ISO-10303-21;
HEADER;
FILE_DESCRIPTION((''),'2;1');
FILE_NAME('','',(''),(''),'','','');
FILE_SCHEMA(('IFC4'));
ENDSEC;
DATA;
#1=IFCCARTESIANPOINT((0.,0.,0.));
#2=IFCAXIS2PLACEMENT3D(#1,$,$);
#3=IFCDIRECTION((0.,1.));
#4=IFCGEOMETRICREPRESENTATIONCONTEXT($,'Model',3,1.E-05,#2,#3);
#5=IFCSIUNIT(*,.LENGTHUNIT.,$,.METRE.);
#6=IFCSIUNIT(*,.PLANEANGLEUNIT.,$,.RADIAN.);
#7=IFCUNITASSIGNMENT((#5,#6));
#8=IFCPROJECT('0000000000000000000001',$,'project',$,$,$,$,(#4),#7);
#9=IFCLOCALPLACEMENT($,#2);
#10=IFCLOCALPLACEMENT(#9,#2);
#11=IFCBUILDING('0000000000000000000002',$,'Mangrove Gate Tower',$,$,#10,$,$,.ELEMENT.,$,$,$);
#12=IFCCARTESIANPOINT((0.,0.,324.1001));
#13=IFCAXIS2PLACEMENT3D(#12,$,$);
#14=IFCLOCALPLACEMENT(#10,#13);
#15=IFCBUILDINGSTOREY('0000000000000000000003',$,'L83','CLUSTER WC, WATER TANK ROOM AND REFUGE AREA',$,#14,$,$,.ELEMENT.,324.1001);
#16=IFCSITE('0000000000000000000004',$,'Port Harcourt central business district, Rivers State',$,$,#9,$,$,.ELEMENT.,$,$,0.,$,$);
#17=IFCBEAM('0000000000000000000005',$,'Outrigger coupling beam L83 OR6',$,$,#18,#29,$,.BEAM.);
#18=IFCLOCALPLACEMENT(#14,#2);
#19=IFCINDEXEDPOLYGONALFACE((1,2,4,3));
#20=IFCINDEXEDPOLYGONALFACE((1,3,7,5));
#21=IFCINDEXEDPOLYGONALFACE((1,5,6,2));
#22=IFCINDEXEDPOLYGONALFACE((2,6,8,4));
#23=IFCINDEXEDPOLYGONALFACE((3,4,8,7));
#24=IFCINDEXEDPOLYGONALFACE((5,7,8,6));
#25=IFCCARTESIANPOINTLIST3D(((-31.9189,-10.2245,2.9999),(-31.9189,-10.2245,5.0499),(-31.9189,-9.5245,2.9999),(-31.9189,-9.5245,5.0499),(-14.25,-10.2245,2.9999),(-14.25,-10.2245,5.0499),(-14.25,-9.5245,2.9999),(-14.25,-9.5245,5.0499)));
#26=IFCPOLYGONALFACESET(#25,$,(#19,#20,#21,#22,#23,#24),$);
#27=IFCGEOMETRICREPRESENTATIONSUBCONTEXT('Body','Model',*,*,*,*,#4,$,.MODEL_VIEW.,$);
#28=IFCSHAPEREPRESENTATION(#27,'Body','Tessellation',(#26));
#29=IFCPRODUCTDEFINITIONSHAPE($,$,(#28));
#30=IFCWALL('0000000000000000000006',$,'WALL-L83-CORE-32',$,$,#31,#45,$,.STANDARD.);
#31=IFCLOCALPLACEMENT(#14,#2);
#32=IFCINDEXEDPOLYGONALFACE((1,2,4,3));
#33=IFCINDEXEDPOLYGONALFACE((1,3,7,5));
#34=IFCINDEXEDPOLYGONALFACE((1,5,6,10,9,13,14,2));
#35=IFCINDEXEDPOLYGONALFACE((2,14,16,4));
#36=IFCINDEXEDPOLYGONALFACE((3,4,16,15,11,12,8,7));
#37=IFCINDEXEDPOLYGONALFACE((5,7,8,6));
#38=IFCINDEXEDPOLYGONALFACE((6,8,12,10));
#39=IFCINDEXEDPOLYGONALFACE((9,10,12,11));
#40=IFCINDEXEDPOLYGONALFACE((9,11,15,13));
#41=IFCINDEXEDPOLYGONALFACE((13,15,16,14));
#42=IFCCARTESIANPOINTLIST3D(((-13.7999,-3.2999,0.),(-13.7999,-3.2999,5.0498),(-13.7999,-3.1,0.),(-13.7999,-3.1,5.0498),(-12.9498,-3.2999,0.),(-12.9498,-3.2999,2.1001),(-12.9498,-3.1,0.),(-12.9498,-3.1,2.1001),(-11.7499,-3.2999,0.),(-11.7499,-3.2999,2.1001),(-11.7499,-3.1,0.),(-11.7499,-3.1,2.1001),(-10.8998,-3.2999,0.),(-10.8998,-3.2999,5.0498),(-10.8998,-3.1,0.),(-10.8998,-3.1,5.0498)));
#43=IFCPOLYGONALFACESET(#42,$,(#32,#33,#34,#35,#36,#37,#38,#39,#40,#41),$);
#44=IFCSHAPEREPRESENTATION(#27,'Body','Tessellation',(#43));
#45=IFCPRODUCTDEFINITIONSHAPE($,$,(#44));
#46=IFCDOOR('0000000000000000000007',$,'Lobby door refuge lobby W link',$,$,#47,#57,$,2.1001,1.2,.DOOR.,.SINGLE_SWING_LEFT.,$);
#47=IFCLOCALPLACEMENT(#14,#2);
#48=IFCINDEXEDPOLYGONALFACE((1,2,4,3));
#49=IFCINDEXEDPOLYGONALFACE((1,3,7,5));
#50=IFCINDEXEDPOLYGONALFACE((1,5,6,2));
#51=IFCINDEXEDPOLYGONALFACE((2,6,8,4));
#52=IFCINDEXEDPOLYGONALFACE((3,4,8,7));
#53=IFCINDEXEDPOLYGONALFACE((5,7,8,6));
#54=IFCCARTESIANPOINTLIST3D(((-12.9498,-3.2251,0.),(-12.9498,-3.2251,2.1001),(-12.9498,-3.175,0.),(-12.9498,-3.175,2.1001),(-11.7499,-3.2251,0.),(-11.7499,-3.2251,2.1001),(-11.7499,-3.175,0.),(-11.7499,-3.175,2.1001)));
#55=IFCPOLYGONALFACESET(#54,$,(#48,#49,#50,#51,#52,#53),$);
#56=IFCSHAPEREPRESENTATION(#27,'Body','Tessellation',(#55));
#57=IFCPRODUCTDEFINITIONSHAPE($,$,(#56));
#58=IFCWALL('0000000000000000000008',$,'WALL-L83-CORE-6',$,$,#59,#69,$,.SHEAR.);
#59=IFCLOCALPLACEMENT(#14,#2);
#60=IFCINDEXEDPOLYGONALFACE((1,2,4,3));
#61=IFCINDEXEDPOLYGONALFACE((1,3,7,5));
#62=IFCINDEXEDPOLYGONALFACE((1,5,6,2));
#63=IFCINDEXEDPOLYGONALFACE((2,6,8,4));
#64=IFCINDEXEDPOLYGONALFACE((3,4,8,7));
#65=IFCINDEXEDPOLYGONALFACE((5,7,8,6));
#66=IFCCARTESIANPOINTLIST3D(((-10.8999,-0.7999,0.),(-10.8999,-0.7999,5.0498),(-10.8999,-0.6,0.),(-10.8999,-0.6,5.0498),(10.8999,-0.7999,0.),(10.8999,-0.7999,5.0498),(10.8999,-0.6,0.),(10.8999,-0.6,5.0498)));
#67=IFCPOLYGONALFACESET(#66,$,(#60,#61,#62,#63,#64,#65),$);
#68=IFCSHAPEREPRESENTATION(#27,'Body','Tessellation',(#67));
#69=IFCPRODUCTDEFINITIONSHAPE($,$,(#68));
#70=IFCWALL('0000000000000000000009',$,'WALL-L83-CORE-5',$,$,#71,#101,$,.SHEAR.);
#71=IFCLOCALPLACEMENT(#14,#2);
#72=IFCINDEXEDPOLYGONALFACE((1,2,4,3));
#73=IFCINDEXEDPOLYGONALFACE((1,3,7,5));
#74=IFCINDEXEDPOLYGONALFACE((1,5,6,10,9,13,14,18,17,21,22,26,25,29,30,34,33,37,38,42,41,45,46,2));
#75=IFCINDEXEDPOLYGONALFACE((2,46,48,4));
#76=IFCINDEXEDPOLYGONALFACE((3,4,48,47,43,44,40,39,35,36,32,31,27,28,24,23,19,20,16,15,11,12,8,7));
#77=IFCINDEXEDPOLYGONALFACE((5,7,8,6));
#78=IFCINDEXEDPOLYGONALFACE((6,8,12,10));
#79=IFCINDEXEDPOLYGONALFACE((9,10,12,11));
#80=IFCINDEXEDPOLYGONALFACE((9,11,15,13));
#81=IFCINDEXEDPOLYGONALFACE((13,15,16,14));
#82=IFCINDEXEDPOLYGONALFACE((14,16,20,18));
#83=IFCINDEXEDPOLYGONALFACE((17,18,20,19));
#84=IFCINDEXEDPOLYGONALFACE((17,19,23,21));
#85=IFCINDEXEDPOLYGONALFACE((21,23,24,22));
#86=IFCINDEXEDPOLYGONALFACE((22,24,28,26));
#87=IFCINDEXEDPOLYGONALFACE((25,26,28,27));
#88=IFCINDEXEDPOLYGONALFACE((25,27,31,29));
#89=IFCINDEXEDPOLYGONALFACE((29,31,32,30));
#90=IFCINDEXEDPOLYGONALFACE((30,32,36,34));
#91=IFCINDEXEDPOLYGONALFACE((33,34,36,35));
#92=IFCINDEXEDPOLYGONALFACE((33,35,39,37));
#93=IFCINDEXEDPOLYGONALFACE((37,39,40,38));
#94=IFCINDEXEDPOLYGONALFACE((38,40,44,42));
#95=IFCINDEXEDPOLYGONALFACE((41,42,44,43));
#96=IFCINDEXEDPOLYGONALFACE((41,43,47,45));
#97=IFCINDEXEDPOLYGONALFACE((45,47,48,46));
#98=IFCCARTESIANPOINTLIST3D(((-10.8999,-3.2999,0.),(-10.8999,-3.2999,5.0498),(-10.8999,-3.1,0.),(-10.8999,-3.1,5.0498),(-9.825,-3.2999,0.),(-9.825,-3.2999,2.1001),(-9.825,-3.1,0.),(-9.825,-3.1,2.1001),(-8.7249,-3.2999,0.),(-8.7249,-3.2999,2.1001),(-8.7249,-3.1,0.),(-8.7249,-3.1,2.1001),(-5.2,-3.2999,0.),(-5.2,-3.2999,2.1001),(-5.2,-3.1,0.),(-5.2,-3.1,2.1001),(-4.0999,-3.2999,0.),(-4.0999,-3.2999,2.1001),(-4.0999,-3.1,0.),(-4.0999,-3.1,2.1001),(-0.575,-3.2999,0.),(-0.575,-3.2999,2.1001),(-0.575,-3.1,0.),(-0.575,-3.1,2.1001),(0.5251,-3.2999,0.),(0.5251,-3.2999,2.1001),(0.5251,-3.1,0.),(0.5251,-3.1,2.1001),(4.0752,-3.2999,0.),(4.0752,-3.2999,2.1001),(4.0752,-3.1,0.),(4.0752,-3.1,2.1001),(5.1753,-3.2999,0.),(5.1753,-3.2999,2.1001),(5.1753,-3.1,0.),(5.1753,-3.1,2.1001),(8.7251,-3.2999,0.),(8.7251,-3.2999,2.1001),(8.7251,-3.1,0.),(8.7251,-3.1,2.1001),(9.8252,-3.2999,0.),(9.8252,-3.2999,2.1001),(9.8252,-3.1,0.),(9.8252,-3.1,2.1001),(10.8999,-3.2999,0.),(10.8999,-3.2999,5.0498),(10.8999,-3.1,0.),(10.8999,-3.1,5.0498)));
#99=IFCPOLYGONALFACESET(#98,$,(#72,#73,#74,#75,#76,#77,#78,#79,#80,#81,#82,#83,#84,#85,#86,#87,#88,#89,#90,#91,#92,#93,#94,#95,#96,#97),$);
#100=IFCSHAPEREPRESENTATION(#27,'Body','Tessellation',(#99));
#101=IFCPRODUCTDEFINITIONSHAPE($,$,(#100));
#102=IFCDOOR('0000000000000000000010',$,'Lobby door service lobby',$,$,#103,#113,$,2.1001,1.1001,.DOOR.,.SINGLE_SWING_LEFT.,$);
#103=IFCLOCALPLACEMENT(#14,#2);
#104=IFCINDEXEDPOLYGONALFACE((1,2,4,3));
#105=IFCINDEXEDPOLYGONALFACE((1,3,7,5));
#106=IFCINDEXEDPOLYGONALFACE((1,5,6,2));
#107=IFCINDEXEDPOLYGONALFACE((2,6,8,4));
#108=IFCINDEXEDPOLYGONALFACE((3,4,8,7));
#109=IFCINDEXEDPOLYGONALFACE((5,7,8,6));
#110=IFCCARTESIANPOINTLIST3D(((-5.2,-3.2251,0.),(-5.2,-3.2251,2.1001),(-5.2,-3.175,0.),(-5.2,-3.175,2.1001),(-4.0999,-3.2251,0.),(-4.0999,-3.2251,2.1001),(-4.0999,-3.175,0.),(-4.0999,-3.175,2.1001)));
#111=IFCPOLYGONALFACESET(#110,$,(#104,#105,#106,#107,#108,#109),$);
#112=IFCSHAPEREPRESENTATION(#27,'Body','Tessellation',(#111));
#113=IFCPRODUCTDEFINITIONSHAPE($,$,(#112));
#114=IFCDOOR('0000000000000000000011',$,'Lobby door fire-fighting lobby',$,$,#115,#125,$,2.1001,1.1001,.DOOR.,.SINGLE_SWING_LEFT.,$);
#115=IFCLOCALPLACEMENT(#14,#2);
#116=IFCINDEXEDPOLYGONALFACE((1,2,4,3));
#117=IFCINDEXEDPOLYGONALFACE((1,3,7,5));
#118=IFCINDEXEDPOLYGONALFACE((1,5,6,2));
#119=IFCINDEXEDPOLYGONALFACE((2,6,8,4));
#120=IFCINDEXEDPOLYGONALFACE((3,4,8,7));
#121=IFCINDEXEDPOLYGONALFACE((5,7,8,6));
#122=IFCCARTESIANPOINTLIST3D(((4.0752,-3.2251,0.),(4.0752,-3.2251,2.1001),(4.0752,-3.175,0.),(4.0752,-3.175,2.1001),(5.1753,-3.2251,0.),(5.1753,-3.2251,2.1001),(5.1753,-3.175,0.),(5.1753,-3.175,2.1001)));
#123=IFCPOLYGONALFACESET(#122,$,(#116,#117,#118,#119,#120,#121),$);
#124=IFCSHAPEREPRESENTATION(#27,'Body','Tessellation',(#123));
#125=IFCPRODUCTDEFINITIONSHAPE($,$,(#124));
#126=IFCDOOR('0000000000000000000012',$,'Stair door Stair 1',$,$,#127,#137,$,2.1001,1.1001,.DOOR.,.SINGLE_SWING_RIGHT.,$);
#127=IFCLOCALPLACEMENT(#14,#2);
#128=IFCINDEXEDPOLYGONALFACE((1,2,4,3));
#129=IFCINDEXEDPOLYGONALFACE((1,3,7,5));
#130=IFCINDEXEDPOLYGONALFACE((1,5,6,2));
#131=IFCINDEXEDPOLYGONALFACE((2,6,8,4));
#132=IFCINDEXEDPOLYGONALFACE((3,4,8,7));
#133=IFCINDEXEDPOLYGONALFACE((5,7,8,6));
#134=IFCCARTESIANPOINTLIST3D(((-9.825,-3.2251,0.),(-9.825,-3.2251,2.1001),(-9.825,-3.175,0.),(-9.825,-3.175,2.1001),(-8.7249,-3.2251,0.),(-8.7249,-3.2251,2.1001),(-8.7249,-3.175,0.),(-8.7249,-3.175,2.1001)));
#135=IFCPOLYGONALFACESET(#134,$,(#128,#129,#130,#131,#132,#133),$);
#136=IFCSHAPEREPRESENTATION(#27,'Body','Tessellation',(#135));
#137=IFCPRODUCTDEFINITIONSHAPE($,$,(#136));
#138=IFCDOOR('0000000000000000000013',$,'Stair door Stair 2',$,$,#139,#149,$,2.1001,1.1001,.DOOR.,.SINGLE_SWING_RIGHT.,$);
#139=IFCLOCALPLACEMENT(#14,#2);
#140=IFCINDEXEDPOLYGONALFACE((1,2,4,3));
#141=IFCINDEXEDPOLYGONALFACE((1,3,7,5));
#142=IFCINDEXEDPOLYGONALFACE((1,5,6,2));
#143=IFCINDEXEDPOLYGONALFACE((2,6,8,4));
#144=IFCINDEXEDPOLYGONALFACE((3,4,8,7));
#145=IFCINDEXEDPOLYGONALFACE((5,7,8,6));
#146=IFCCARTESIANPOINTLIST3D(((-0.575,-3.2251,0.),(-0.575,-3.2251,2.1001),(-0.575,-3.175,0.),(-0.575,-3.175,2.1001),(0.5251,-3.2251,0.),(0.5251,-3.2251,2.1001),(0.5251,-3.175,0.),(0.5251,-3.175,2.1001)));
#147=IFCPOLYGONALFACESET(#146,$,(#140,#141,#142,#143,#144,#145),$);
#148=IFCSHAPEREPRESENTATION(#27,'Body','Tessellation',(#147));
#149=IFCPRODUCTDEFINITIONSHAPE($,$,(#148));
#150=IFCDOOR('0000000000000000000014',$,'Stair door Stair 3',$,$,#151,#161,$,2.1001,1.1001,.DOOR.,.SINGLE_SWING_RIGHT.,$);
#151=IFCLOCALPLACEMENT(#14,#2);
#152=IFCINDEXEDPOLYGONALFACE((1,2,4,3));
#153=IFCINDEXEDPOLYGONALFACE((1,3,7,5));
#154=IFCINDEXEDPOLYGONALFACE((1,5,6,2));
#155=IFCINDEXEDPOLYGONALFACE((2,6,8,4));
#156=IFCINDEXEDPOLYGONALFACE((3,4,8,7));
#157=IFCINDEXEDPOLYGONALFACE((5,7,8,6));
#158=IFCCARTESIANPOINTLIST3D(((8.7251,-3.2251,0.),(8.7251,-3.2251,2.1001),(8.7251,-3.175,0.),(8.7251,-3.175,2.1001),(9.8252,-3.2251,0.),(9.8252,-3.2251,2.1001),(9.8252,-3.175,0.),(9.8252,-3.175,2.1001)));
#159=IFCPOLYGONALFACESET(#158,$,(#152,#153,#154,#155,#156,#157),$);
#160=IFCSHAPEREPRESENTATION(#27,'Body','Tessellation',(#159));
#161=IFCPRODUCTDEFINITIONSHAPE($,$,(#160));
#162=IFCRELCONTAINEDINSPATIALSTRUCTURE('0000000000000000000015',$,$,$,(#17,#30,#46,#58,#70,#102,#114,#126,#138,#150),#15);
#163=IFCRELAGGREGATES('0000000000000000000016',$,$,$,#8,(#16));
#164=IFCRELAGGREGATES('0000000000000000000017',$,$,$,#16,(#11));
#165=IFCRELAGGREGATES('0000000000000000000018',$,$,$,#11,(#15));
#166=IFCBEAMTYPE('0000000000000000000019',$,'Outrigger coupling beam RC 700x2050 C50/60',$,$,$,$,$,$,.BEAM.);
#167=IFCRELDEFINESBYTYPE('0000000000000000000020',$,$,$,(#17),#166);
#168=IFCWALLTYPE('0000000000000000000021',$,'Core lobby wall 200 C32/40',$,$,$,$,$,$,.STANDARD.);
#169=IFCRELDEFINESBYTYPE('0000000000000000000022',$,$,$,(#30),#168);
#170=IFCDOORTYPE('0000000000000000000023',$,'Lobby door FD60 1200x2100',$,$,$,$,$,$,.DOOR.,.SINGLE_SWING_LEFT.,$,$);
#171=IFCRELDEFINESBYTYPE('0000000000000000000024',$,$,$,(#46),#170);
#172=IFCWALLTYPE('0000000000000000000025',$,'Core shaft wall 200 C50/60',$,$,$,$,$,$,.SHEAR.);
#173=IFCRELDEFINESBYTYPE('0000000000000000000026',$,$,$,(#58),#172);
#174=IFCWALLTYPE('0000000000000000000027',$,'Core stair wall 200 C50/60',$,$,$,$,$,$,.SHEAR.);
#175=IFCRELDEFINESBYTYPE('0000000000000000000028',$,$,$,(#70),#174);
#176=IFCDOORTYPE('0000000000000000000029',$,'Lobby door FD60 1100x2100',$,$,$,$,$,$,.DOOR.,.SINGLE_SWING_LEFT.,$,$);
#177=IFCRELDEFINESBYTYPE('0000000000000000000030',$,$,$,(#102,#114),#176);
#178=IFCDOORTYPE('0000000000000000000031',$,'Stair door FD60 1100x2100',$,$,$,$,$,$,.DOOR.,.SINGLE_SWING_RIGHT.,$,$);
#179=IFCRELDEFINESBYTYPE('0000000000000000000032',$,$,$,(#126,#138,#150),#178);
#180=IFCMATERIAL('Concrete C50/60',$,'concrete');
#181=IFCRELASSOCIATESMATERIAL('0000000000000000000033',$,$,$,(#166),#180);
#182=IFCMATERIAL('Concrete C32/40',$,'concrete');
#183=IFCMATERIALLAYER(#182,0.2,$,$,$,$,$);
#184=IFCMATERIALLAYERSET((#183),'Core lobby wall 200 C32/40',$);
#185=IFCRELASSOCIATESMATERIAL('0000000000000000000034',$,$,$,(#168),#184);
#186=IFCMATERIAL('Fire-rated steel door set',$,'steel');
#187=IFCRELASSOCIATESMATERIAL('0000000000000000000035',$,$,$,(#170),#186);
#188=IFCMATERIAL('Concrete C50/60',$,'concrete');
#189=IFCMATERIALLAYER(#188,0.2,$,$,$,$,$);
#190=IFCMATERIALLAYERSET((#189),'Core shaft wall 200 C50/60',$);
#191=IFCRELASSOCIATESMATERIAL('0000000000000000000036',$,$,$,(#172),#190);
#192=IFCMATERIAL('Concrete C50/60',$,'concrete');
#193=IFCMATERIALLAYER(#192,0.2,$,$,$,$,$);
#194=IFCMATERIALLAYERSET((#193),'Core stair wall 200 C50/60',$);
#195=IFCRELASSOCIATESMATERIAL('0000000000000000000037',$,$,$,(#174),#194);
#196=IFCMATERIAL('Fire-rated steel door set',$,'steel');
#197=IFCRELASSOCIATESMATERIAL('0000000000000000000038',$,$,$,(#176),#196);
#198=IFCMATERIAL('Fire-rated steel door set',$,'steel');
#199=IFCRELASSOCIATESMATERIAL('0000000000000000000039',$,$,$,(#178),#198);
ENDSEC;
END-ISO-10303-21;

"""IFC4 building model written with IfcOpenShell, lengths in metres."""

from ifc_helpers import new_model, si_unit, direction, frame, frame_2d, origin, origin_2d, place, context, subcontext, project, spatial, rectangle, extrude, material, layer, layer_set, material_profile, profile_set, type_object, element, fill, save


model = new_model("IFC4")

# Units and contexts
model_context = context("Model", 3, precision=1e-05, world=origin(), true_north=direction((0.0, 1.0)))
body_context = subcontext(model_context, "Body", "Model", "MODEL_VIEW")
ifc_project = project(units=[si_unit("LENGTHUNIT", "METRE"), si_unit("PLANEANGLEUNIT", "RADIAN")], contexts=[model_context])

# Site, building, storey
site_placement = place(None, origin())
site = spatial("IfcSite", under=ifc_project, at=site_placement, Name="Port Harcourt central business district, Rivers State", CompositionType="ELEMENT", RefElevation=0.0)
building_placement = place(site_placement, origin())
building = spatial("IfcBuilding", under=site, at=building_placement, Name="Mangrove Gate Tower", CompositionType="ELEMENT")
storey_placement = place(building_placement, frame((0.0, 0.0, 324.1001)))
storey = spatial("IfcBuildingStorey", under=building, at=storey_placement, Name="L83", Description="CLUSTER WC, WATER TANK ROOM AND REFUGE AREA", CompositionType="ELEMENT", Elevation=324.1001)

# Beam
ifc_material_1 = material(Name="Concrete C50/60", Category="concrete")
ifc_material_profile = material_profile(ifc_material_1, rectangle(XDim=0.7, YDim=2.05, at=origin_2d()))
ifc_profile_set = profile_set([ifc_material_profile], Name="Concrete C50/60")
beam_type = type_object("IfcBeamType", Name="Outrigger coupling beam RC 700x2050 C50/60", PredefinedType="BEAM", material=ifc_profile_set)
beam_placement = place(storey_placement, frame((-14.25, -9.8745, 4.0249), z_axis=(-1.0, 0.0, 0.0), x_axis=(0.0, -1.0, 0.0)))
element("IfcBeam", 1, at=beam_placement, inside=storey, type_object=beam_type, Name="Outrigger coupling beam L83 OR6", PredefinedType="BEAM", context=body_context, shape_type="SweptSolid", body=[
    extrude(rectangle(XDim=0.7, YDim=2.05, at=origin_2d()), origin(), (0.0, 0.0, 1.0), 17.6689),
])

# Wall, opening, door
ifc_material_2 = material(Name="Concrete C32/40", Category="concrete")
ifc_layer_1 = layer(ifc_material_2, 0.2)
ifc_layer_set_1 = layer_set([ifc_layer_1], Name="Core lobby wall 200 C32/40")
wall_type_1 = type_object("IfcWallType", Name="Core lobby wall 200 C32/40", PredefinedType="STANDARD", material=ifc_layer_set_1)
wall_1_placement = place(storey_placement, frame((-13.8, -3.2, 0.0), z_axis=(0.0, 0.0, 1.0), x_axis=(1.0, 0.0, 0.0)))
wall_1 = element("IfcWall", 2, at=wall_1_placement, inside=storey, type_object=wall_type_1, Name="WALL-L83-CORE-32", PredefinedType="STANDARD", context=body_context, shape_type="SweptSolid", body=[
    extrude(rectangle(XDim=2.9001, YDim=0.2, at=frame_2d((1.4502, 0.0))), origin(), (0.0, 0.0, 1.0), 5.0498),
])
opening_1_placement = place(wall_1_placement, frame((0.8501, 0.0, 0.0)))
opening_1 = element("IfcOpeningElement", 3, at=opening_1_placement, cuts=wall_1, PredefinedType="OPENING", context=body_context, shape_type="SweptSolid", body=[
    extrude(rectangle(XDim=1.2, YDim=2.1001, at=frame_2d((0.6001, 1.05))), frame((0.0, 0.1099, 0.0), z_axis=(0.0, -1.0, 0.0), x_axis=(1.0, 0.0, 0.0)), (0.0, 0.0, 1.0), 0.22),
])
ifc_material_3 = material(Name="Fire-rated steel door set", Category="steel")
door_type_1 = type_object("IfcDoorType", Name="Lobby door FD60 1200x2100", OperationType="SINGLE_SWING_LEFT", PredefinedType="DOOR", material=ifc_material_3)
door_1_placement = place(opening_1_placement, origin())
door_1 = element("IfcDoor", 4, at=door_1_placement, inside=storey, type_object=door_type_1, Name="Lobby door refuge lobby W link", OperationType="SINGLE_SWING_LEFT", OverallHeight=2.1001, OverallWidth=1.2, PredefinedType="DOOR", context=body_context, shape_type="SweptSolid", body=[
    extrude(rectangle(XDim=1.2, YDim=2.1001, at=frame_2d((0.6001, 1.05))), frame((0.0, 0.0249, 0.0), z_axis=(0.0, -1.0, 0.0), x_axis=(1.0, 0.0, 0.0)), (0.0, 0.0, 1.0), 0.05),
])
fill(opening_1, door_1)

# Wall
ifc_material_4 = material(Name="Concrete C50/60", Category="concrete")
ifc_layer_2 = layer(ifc_material_4, 0.2)
ifc_layer_set_2 = layer_set([ifc_layer_2], Name="Core shaft wall 200 C50/60")
wall_type_2 = type_object("IfcWallType", Name="Core shaft wall 200 C50/60", PredefinedType="SHEAR", material=ifc_layer_set_2)
wall_2_placement = place(storey_placement, frame((-10.8999, -0.7, 0.0), z_axis=(0.0, 0.0, 1.0), x_axis=(1.0, 0.0, 0.0)))
element("IfcWall", 5, at=wall_2_placement, inside=storey, type_object=wall_type_2, Name="WALL-L83-CORE-6", PredefinedType="SHEAR", context=body_context, shape_type="SweptSolid", body=[
    extrude(rectangle(XDim=21.7998, YDim=0.2, at=frame_2d((10.8999, 0.0))), origin(), (0.0, 0.0, 1.0), 5.0498),
])

# Wall, openings, doors
ifc_material_5 = material(Name="Concrete C50/60", Category="concrete")
ifc_layer_3 = layer(ifc_material_5, 0.2)
ifc_layer_set_3 = layer_set([ifc_layer_3], Name="Core stair wall 200 C50/60")
wall_type_3 = type_object("IfcWallType", Name="Core stair wall 200 C50/60", PredefinedType="SHEAR", material=ifc_layer_set_3)
wall_3_placement = place(storey_placement, frame((-10.8999, -3.2, 0.0), z_axis=(0.0, 0.0, 1.0), x_axis=(1.0, 0.0, 0.0)))
wall_3 = element("IfcWall", 6, at=wall_3_placement, inside=storey, type_object=wall_type_3, Name="WALL-L83-CORE-5", PredefinedType="SHEAR", context=body_context, shape_type="SweptSolid", body=[
    extrude(rectangle(XDim=21.7998, YDim=0.2, at=frame_2d((10.8999, 0.0))), origin(), (0.0, 0.0, 1.0), 5.0498),
])
opening_2_placement = place(wall_3_placement, frame((1.075, 0.0, 0.0)))
opening_2 = element("IfcOpeningElement", 7, at=opening_2_placement, cuts=wall_3, PredefinedType="OPENING", context=body_context, shape_type="SweptSolid", body=[
    extrude(rectangle(XDim=1.1001, YDim=2.1001, at=frame_2d((0.55, 1.05))), frame((0.0, 0.1099, 0.0), z_axis=(0.0, -1.0, 0.0), x_axis=(1.0, 0.0, 0.0)), (0.0, 0.0, 1.0), 0.22),
])
opening_3_placement = place(wall_3_placement, frame((10.325, 0.0, 0.0)))
opening_3 = element("IfcOpeningElement", 8, at=opening_3_placement, cuts=wall_3, PredefinedType="OPENING", context=body_context, shape_type="SweptSolid", body=[
    extrude(rectangle(XDim=1.1001, YDim=2.1001, at=frame_2d((0.55, 1.05))), frame((0.0, 0.1099, 0.0), z_axis=(0.0, -1.0, 0.0), x_axis=(1.0, 0.0, 0.0)), (0.0, 0.0, 1.0), 0.22),
])
opening_4_placement = place(wall_3_placement, frame((19.625, 0.0, 0.0)))
opening_4 = element("IfcOpeningElement", 9, at=opening_4_placement, cuts=wall_3, PredefinedType="OPENING", context=body_context, shape_type="SweptSolid", body=[
    extrude(rectangle(XDim=1.1001, YDim=2.1001, at=frame_2d((0.55, 1.05))), frame((0.0, 0.1099, 0.0), z_axis=(0.0, -1.0, 0.0), x_axis=(1.0, 0.0, 0.0)), (0.0, 0.0, 1.0), 0.22),
])
opening_5_placement = place(wall_3_placement, frame((5.7, 0.0, 0.0)))
opening_5 = element("IfcOpeningElement", 10, at=opening_5_placement, cuts=wall_3, PredefinedType="OPENING", context=body_context, shape_type="SweptSolid", body=[
    extrude(rectangle(XDim=1.1001, YDim=2.1001, at=frame_2d((0.55, 1.05))), frame((0.0, 0.1099, 0.0), z_axis=(0.0, -1.0, 0.0), x_axis=(1.0, 0.0, 0.0)), (0.0, 0.0, 1.0), 0.22),
])
opening_6_placement = place(wall_3_placement, frame((14.9751, 0.0, 0.0)))
opening_6 = element("IfcOpeningElement", 11, at=opening_6_placement, cuts=wall_3, PredefinedType="OPENING", context=body_context, shape_type="SweptSolid", body=[
    extrude(rectangle(XDim=1.1001, YDim=2.1001, at=frame_2d((0.55, 1.05))), frame((0.0, 0.1099, 0.0), z_axis=(0.0, -1.0, 0.0), x_axis=(1.0, 0.0, 0.0)), (0.0, 0.0, 1.0), 0.22),
])
ifc_material_6 = material(Name="Fire-rated steel door set", Category="steel")
door_type_2 = type_object("IfcDoorType", Name="Lobby door FD60 1100x2100", OperationType="SINGLE_SWING_LEFT", PredefinedType="DOOR", material=ifc_material_6)
door_2_placement = place(opening_5_placement, origin())
door_2 = element("IfcDoor", 12, at=door_2_placement, inside=storey, type_object=door_type_2, Name="Lobby door service lobby", OperationType="SINGLE_SWING_LEFT", OverallHeight=2.1001, OverallWidth=1.1001, PredefinedType="DOOR", context=body_context, shape_type="SweptSolid", body=[
    extrude(rectangle(XDim=1.1001, YDim=2.1001, at=frame_2d((0.55, 1.05))), frame((0.0, 0.0249, 0.0), z_axis=(0.0, -1.0, 0.0), x_axis=(1.0, 0.0, 0.0)), (0.0, 0.0, 1.0), 0.05),
])
fill(opening_5, door_2)
door_3_placement = place(opening_6_placement, origin())
door_3 = element("IfcDoor", 13, at=door_3_placement, inside=storey, type_object=door_type_2, Name="Lobby door fire-fighting lobby", OperationType="SINGLE_SWING_LEFT", OverallHeight=2.1001, OverallWidth=1.1001, PredefinedType="DOOR", context=body_context, shape_type="SweptSolid", body=[
    extrude(rectangle(XDim=1.1001, YDim=2.1001, at=frame_2d((0.55, 1.05))), frame((0.0, 0.0249, 0.0), z_axis=(0.0, -1.0, 0.0), x_axis=(1.0, 0.0, 0.0)), (0.0, 0.0, 1.0), 0.05),
])
fill(opening_6, door_3)
ifc_material_7 = material(Name="Fire-rated steel door set", Category="steel")
door_type_3 = type_object("IfcDoorType", Name="Stair door FD60 1100x2100", OperationType="SINGLE_SWING_RIGHT", PredefinedType="DOOR", material=ifc_material_7)
door_4_placement = place(opening_2_placement, origin())
door_4 = element("IfcDoor", 14, at=door_4_placement, inside=storey, type_object=door_type_3, Name="Stair door Stair 1", OperationType="SINGLE_SWING_RIGHT", OverallHeight=2.1001, OverallWidth=1.1001, PredefinedType="DOOR", context=body_context, shape_type="SweptSolid", body=[
    extrude(rectangle(XDim=1.1001, YDim=2.1001, at=frame_2d((0.55, 1.05))), frame((0.0, 0.0249, 0.0), z_axis=(0.0, -1.0, 0.0), x_axis=(1.0, 0.0, 0.0)), (0.0, 0.0, 1.0), 0.05),
])
fill(opening_2, door_4)
door_5_placement = place(opening_3_placement, origin())
door_5 = element("IfcDoor", 15, at=door_5_placement, inside=storey, type_object=door_type_3, Name="Stair door Stair 2", OperationType="SINGLE_SWING_RIGHT", OverallHeight=2.1001, OverallWidth=1.1001, PredefinedType="DOOR", context=body_context, shape_type="SweptSolid", body=[
    extrude(rectangle(XDim=1.1001, YDim=2.1001, at=frame_2d((0.55, 1.05))), frame((0.0, 0.0249, 0.0), z_axis=(0.0, -1.0, 0.0), x_axis=(1.0, 0.0, 0.0)), (0.0, 0.0, 1.0), 0.05),
])
fill(opening_3, door_5)
door_6_placement = place(opening_4_placement, origin())
door_6 = element("IfcDoor", 16, at=door_6_placement, inside=storey, type_object=door_type_3, Name="Stair door Stair 3", OperationType="SINGLE_SWING_RIGHT", OverallHeight=2.1001, OverallWidth=1.1001, PredefinedType="DOOR", context=body_context, shape_type="SweptSolid", body=[
    extrude(rectangle(XDim=1.1001, YDim=2.1001, at=frame_2d((0.55, 1.05))), frame((0.0, 0.0249, 0.0), z_axis=(0.0, -1.0, 0.0), x_axis=(1.0, 0.0, 0.0)), (0.0, 0.0, 1.0), 0.05),
])
fill(opening_4, door_6)

save(model, "model.ifc")
